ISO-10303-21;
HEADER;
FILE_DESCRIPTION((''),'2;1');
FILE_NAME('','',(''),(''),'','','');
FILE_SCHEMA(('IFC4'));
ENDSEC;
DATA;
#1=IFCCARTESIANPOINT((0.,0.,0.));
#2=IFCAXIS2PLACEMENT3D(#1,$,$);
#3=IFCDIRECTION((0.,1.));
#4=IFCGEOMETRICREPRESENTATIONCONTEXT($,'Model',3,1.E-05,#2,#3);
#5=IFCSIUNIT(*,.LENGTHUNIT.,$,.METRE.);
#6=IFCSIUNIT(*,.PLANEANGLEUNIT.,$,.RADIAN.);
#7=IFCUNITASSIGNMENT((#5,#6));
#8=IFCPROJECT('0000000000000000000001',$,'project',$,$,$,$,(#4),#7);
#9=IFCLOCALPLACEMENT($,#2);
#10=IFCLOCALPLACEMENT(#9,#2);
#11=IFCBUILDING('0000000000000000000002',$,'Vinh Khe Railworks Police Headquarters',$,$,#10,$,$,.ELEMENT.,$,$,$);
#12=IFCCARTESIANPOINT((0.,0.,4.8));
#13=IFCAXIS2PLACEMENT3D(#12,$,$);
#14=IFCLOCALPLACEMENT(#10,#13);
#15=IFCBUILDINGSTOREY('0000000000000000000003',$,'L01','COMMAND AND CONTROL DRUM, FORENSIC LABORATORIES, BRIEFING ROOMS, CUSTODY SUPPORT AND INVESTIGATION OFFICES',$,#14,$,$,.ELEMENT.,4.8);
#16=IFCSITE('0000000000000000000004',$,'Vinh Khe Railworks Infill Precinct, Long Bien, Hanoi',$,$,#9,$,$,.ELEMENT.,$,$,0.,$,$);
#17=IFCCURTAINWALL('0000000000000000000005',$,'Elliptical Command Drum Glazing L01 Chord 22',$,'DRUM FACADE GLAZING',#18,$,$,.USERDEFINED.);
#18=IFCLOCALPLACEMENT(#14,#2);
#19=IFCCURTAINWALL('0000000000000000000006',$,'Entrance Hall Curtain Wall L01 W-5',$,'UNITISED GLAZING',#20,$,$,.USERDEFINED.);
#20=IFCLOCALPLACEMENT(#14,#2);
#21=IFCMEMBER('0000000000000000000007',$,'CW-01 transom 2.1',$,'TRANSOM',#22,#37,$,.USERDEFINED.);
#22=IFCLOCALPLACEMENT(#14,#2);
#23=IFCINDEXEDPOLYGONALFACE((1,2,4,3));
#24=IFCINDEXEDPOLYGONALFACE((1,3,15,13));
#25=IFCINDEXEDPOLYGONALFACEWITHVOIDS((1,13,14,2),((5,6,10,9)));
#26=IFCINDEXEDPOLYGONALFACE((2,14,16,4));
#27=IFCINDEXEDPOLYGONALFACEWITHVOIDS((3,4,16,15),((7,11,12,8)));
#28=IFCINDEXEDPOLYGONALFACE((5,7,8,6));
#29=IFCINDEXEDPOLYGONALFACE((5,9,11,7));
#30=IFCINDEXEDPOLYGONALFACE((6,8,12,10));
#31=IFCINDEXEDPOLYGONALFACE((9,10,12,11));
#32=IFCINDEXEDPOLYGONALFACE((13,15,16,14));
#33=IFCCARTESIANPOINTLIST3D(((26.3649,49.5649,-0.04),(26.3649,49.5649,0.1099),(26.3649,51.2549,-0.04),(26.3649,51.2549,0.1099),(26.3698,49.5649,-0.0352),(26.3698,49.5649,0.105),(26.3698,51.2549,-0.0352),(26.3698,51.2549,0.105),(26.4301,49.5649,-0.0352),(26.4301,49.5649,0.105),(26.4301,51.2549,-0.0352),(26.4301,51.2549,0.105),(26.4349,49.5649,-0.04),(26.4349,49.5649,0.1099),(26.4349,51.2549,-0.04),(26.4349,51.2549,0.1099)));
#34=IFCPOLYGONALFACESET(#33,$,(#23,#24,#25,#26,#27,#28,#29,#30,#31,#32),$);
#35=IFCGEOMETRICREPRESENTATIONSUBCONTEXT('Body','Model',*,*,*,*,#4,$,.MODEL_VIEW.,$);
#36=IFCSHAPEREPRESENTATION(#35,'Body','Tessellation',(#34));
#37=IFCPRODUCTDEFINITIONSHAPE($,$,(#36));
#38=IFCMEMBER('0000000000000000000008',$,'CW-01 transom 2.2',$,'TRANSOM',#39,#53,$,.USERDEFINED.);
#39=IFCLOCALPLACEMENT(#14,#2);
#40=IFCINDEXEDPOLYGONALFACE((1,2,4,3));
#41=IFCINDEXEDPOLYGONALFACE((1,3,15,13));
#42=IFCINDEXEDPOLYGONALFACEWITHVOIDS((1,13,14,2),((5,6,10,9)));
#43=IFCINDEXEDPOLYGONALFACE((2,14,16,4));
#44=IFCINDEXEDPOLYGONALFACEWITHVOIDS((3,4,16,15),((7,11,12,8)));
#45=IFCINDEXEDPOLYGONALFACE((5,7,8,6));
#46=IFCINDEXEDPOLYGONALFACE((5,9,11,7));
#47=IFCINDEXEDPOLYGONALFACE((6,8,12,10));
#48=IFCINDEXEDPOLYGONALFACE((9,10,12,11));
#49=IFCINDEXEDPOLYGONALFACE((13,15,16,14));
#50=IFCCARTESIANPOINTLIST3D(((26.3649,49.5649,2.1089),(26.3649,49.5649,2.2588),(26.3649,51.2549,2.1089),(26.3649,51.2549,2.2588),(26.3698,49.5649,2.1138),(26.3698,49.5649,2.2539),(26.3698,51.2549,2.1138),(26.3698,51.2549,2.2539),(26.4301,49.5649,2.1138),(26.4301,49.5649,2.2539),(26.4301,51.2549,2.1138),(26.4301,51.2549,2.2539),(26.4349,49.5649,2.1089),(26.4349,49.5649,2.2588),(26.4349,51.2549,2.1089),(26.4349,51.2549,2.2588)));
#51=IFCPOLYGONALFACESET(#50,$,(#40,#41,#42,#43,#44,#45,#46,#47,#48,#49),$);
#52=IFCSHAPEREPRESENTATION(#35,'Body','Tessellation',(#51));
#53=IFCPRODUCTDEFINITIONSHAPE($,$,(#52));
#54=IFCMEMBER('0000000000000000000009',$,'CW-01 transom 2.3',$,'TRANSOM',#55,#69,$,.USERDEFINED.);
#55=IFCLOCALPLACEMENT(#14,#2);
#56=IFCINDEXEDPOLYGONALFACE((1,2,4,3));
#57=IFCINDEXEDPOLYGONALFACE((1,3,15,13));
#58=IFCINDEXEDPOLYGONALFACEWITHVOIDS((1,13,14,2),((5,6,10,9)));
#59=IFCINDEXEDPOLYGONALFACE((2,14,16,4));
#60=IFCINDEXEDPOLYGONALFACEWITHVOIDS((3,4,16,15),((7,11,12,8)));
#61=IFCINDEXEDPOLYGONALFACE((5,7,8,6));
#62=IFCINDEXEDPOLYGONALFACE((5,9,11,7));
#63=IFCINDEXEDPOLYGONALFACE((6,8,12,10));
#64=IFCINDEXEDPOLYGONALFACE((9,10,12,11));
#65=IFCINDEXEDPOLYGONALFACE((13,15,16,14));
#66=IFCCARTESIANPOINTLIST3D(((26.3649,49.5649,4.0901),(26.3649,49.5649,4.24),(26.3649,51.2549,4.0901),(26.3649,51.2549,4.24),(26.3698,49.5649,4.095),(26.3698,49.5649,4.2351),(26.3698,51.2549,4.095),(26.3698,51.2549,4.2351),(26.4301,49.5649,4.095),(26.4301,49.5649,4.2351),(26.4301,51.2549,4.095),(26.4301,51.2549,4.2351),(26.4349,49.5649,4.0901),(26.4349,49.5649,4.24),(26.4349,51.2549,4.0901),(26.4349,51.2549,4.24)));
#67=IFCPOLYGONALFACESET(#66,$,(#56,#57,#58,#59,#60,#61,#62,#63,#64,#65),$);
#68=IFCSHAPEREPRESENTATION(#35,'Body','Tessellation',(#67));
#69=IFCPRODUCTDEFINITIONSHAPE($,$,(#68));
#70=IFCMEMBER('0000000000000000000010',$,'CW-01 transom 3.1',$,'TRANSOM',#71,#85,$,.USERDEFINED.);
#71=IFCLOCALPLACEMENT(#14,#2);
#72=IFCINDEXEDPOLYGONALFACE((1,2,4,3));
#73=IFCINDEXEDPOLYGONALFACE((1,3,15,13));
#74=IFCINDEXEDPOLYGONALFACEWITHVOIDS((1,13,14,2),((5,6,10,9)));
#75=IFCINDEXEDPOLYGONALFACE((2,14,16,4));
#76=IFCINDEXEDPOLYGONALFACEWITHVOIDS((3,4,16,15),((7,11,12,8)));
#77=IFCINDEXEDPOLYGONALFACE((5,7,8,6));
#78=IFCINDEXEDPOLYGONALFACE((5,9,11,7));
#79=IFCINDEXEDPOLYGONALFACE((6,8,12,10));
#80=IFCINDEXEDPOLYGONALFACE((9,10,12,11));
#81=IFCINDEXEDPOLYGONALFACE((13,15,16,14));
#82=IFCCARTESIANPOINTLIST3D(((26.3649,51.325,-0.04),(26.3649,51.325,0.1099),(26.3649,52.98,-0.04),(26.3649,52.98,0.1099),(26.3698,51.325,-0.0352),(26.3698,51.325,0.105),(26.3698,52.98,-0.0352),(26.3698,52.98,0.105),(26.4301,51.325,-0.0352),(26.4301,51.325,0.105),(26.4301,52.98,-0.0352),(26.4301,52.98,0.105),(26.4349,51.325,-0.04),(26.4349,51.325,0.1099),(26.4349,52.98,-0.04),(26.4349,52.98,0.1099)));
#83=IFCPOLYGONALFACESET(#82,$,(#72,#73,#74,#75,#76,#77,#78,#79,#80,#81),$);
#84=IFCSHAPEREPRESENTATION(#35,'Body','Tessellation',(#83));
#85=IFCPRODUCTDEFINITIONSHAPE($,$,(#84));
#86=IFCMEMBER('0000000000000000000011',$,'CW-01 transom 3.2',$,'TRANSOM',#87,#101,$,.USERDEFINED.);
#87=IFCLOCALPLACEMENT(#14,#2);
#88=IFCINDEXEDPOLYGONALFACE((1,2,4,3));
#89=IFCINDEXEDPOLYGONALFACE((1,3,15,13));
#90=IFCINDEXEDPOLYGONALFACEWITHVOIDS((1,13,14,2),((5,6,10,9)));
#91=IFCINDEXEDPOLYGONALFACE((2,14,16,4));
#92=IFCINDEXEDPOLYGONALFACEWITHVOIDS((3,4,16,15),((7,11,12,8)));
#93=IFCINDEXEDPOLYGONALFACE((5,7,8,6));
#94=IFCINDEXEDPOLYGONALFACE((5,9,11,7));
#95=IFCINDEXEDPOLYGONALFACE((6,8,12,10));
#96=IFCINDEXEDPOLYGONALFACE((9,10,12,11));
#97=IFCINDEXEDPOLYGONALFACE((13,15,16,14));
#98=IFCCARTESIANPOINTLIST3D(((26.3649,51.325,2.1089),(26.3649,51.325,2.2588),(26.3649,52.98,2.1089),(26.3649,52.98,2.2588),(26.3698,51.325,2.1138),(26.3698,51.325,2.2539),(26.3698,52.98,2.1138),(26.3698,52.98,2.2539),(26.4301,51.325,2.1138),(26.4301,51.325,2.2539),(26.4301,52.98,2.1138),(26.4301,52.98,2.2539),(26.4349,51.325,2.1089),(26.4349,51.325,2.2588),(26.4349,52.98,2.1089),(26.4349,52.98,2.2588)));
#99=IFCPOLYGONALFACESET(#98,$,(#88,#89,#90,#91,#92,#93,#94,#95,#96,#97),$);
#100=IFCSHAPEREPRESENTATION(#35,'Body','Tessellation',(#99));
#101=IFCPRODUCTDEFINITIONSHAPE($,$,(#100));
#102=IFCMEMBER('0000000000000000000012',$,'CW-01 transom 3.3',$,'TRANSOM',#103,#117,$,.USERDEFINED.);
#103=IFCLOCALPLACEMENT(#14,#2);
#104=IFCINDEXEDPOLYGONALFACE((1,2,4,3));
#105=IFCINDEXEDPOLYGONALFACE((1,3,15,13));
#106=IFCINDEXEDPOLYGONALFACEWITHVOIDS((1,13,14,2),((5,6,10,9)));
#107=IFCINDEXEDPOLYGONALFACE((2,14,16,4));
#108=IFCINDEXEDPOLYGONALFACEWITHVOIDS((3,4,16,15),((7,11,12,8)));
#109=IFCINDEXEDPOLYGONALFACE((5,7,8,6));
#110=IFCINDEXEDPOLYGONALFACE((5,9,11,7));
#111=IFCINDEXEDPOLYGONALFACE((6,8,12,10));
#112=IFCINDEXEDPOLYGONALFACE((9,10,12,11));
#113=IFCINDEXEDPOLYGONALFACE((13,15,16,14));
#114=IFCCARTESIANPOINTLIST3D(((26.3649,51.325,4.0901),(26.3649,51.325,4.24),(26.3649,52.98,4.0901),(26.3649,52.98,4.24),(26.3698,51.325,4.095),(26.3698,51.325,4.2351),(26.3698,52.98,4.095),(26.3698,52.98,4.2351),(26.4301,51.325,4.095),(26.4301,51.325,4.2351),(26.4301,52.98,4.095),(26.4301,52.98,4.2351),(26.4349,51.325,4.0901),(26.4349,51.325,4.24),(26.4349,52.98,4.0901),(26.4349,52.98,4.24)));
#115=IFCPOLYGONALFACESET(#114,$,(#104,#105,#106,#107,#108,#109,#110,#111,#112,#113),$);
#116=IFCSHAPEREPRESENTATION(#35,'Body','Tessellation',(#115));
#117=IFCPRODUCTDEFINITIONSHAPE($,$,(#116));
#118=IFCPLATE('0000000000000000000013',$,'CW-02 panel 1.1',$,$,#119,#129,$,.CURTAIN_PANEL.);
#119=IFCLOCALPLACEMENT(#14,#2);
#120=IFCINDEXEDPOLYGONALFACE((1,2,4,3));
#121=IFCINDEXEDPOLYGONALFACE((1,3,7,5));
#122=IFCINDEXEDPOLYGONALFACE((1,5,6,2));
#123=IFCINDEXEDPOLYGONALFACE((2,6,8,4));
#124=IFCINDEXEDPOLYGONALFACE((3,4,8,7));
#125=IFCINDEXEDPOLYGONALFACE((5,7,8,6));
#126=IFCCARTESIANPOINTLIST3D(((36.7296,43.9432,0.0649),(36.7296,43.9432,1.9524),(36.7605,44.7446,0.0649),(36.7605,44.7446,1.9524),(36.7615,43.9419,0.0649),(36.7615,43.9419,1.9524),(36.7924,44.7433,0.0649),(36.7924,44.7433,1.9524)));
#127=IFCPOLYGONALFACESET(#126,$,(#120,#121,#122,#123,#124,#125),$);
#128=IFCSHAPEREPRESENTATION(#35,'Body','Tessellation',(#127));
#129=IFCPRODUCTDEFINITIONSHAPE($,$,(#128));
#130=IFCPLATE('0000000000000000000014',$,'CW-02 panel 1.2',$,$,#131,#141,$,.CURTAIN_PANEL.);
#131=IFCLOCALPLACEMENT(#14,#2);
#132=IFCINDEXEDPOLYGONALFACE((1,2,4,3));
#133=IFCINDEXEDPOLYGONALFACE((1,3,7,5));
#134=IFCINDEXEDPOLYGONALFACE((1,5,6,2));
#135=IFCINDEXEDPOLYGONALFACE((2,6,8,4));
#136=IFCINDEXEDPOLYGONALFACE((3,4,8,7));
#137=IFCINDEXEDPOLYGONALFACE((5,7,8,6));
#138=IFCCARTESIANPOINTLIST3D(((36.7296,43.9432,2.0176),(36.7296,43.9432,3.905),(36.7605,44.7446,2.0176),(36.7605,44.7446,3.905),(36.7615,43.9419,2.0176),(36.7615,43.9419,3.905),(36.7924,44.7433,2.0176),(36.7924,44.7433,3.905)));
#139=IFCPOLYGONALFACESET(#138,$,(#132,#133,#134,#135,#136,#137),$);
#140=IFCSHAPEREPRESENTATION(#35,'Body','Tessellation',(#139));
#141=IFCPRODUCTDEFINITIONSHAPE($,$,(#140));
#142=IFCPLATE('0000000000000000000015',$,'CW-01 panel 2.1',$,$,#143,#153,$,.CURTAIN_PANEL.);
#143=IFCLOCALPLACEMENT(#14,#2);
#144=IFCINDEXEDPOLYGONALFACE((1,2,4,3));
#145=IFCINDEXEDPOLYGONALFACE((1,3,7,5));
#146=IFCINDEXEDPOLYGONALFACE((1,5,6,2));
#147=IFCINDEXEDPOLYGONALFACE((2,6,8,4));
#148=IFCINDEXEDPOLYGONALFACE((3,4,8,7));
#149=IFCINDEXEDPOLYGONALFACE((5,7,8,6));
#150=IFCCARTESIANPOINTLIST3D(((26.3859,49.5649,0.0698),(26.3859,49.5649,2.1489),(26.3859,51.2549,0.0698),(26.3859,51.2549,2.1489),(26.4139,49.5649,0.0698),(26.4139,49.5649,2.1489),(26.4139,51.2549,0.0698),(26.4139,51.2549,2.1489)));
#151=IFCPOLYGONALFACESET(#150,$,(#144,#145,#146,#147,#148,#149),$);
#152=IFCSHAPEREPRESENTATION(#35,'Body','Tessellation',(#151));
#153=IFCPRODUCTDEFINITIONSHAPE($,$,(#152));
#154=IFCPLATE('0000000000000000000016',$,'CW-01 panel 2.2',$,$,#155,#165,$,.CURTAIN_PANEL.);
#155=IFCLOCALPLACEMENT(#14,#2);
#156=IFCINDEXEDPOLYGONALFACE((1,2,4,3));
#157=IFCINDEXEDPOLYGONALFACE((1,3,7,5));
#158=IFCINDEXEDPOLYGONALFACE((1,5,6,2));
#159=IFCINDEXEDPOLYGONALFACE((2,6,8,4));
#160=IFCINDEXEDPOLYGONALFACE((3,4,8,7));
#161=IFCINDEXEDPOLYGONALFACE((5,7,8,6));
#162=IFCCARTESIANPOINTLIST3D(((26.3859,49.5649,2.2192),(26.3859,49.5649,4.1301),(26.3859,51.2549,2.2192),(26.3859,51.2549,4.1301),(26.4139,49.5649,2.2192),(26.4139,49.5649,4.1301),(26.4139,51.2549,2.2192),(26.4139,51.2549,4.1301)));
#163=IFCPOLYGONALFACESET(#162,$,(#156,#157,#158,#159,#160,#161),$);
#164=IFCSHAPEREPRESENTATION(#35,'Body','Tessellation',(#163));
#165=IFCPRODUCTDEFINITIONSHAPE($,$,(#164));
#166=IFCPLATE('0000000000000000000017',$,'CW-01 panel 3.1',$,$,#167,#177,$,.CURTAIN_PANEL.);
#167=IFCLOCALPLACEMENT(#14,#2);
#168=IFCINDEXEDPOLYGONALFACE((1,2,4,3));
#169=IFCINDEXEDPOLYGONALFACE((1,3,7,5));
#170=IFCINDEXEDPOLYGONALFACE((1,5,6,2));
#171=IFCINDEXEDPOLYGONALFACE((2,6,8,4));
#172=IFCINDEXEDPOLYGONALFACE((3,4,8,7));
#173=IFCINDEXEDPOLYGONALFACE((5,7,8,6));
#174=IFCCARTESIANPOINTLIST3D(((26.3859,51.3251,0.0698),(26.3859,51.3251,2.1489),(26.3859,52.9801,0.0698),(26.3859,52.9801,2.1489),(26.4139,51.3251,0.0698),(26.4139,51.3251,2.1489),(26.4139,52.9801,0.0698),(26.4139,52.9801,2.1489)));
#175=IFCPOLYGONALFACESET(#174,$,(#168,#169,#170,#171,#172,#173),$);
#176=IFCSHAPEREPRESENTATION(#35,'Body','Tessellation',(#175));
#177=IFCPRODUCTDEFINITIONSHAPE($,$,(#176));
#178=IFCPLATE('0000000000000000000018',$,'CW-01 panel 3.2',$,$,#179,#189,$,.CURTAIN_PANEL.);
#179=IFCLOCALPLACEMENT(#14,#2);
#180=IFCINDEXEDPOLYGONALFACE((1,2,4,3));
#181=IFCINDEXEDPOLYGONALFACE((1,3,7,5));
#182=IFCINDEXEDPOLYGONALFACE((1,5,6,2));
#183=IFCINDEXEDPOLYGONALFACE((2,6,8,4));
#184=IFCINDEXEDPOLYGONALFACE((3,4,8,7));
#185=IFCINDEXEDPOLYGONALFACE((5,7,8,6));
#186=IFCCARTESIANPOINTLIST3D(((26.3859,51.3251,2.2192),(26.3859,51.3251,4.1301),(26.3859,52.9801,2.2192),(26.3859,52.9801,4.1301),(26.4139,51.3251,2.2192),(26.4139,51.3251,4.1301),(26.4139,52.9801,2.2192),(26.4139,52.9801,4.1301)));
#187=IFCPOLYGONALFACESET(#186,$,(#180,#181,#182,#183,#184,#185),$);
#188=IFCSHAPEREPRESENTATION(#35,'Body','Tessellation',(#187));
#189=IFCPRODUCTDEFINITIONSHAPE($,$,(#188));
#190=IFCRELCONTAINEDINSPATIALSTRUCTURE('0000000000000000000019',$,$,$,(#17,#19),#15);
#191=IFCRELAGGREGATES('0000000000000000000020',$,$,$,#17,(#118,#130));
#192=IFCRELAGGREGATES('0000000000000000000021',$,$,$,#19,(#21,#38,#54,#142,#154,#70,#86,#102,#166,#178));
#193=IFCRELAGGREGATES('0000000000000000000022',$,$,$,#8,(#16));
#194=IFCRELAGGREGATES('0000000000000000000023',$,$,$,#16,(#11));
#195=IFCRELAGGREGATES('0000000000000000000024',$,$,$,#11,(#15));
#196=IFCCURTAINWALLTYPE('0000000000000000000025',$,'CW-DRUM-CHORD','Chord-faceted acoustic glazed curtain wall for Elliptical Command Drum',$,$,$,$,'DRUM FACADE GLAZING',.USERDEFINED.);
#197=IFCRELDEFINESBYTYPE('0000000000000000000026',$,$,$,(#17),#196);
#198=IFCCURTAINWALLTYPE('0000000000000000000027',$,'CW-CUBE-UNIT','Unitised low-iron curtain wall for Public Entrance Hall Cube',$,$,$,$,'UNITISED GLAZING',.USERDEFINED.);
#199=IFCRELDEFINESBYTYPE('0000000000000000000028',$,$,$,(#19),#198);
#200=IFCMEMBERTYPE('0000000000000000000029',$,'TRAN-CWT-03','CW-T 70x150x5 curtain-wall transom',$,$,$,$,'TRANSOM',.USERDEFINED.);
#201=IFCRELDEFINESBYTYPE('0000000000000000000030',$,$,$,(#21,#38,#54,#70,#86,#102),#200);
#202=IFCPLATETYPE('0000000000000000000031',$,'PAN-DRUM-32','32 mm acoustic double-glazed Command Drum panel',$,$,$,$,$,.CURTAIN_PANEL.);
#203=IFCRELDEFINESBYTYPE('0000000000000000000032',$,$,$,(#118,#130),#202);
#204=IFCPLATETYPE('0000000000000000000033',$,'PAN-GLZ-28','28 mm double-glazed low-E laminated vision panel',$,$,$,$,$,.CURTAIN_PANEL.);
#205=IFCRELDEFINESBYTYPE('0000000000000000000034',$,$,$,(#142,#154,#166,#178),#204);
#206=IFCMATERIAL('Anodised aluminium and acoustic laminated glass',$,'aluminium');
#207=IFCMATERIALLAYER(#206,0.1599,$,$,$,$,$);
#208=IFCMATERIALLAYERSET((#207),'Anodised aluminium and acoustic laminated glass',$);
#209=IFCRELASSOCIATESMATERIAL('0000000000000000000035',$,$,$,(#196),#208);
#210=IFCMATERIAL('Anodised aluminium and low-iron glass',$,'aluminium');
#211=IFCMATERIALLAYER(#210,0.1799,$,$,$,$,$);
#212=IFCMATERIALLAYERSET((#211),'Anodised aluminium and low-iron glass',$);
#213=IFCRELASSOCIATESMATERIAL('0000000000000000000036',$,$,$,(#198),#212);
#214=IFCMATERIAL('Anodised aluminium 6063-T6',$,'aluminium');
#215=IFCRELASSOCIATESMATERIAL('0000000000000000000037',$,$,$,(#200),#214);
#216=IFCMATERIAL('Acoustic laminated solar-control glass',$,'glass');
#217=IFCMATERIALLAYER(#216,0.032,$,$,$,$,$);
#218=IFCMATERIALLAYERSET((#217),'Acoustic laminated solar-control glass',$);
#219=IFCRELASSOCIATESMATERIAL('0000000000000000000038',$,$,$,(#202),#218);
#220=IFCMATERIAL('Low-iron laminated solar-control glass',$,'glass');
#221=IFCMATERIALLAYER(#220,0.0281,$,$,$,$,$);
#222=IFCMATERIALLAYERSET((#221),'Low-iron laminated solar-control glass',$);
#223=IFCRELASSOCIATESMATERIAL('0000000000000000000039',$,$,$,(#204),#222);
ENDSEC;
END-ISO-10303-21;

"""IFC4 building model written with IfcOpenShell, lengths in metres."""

from ifc_helpers import new_model, si_unit, direction, frame, origin, origin_2d, place, context, subcontext, project, spatial, rectangle, hollow_rectangle, extrude, material, layer, layer_set, material_profile, profile_set, type_object, element, aggregate, save


model = new_model("IFC4")

# Units and contexts
model_context = context("Model", 3, precision=1e-05, world=origin(), true_north=direction((0.0, 1.0)))
body_context = subcontext(model_context, "Body", "Model", "MODEL_VIEW")
ifc_project = project(units=[si_unit("LENGTHUNIT", "METRE"), si_unit("PLANEANGLEUNIT", "RADIAN")], contexts=[model_context])

# Site, building, storey
site_placement = place(None, origin())
site = spatial("IfcSite", under=ifc_project, at=site_placement, Name="Vinh Khe Railworks Infill Precinct, Long Bien, Hanoi", CompositionType="ELEMENT", RefElevation=0.0)
building_placement = place(site_placement, origin())
building = spatial("IfcBuilding", under=site, at=building_placement, Name="Vinh Khe Railworks Police Headquarters", CompositionType="ELEMENT")
storey_placement = place(building_placement, frame((0.0, 0.0, 4.8)))
storey = spatial("IfcBuildingStorey", under=building, at=storey_placement, Name="L01", Description="COMMAND AND CONTROL DRUM, FORENSIC LABORATORIES, BRIEFING ROOMS, CUSTODY SUPPORT AND INVESTIGATION OFFICES", CompositionType="ELEMENT", Elevation=4.8)

# Curtain wall
ifc_material_1 = material(Name="Anodised aluminium and acoustic laminated glass", Category="aluminium")
ifc_layer_1 = layer(ifc_material_1, 0.1599)
ifc_layer_set_1 = layer_set([ifc_layer_1], Name="Anodised aluminium and acoustic laminated glass")
curtain_wall_type_1 = type_object("IfcCurtainWallType", Name="CW-DRUM-CHORD", Description="Chord-faceted acoustic glazed curtain wall for Elliptical Command Drum", ElementType="DRUM FACADE GLAZING", PredefinedType="USERDEFINED", material=ifc_layer_set_1)
curtain_wall_1_placement = place(storey_placement, origin())
curtain_wall_1 = element("IfcCurtainWall", 1, at=curtain_wall_1_placement, inside=storey, type_object=curtain_wall_type_1, Name="Elliptical Command Drum Glazing L01 Chord 22", ObjectType="DRUM FACADE GLAZING", PredefinedType="USERDEFINED")
ifc_material_2 = material(Name="Anodised aluminium 6063-T6", Category="aluminium")

# Curtain wall
ifc_material_3 = material(Name="Anodised aluminium and low-iron glass", Category="aluminium")
ifc_layer_2 = layer(ifc_material_3, 0.1799)
ifc_layer_set_2 = layer_set([ifc_layer_2], Name="Anodised aluminium and low-iron glass")
curtain_wall_type_2 = type_object("IfcCurtainWallType", Name="CW-CUBE-UNIT", Description="Unitised low-iron curtain wall for Public Entrance Hall Cube", ElementType="UNITISED GLAZING", PredefinedType="USERDEFINED", material=ifc_layer_set_2)
curtain_wall_2_placement = place(storey_placement, origin())
curtain_wall_2 = element("IfcCurtainWall", 2, at=curtain_wall_2_placement, inside=storey, type_object=curtain_wall_type_2, Name="Entrance Hall Curtain Wall L01 W-5", ObjectType="UNITISED GLAZING", PredefinedType="USERDEFINED")

# Members
ifc_material_profile_1 = material_profile(ifc_material_2, hollow_rectangle(XDim=0.0701, YDim=0.1499, WallThickness=0.0049, at=origin_2d()), Name="CW-T 70x150x5")
ifc_profile_set_1 = profile_set([ifc_material_profile_1], Name="Anodised aluminium 6063-T6")
member_type_1 = type_object("IfcMemberType", Name="TRAN-CWT-03", Description="CW-T 70x150x5 curtain-wall transom", ElementType="TRANSOM", PredefinedType="USERDEFINED", material=ifc_profile_set_1)
member_1_placement = place(storey_placement, frame((26.3999, 49.5649, 0.0349), z_axis=(0.0, 1.0, 0.0), x_axis=(-1.0, 0.0, 0.0)))
member_1 = element("IfcMember", 3, at=member_1_placement, type_object=member_type_1, Name="CW-01 transom 2.1", ObjectType="TRANSOM", PredefinedType="USERDEFINED", context=body_context, shape_type="SweptSolid", body=[
    extrude(hollow_rectangle(XDim=0.0701, YDim=0.1499, WallThickness=0.0049, at=origin_2d()), origin(), (0.0, 0.0, 1.0), 1.6899),
])
member_2_placement = place(storey_placement, frame((26.3999, 49.5649, 2.1838), z_axis=(0.0, 1.0, 0.0), x_axis=(-1.0, 0.0, 0.0)))
member_2 = element("IfcMember", 4, at=member_2_placement, type_object=member_type_1, Name="CW-01 transom 2.2", ObjectType="TRANSOM", PredefinedType="USERDEFINED", context=body_context, shape_type="SweptSolid", body=[
    extrude(hollow_rectangle(XDim=0.0701, YDim=0.1499, WallThickness=0.0049, at=origin_2d()), origin(), (0.0, 0.0, 1.0), 1.6899),
])
member_3_placement = place(storey_placement, frame((26.3999, 49.5649, 4.165), z_axis=(0.0, 1.0, 0.0), x_axis=(-1.0, 0.0, 0.0)))
member_3 = element("IfcMember", 5, at=member_3_placement, type_object=member_type_1, Name="CW-01 transom 2.3", ObjectType="TRANSOM", PredefinedType="USERDEFINED", context=body_context, shape_type="SweptSolid", body=[
    extrude(hollow_rectangle(XDim=0.0701, YDim=0.1499, WallThickness=0.0049, at=origin_2d()), origin(), (0.0, 0.0, 1.0), 1.6899),
])
member_4_placement = place(storey_placement, frame((26.3999, 51.325, 0.0349), z_axis=(0.0, 1.0, 0.0), x_axis=(-1.0, 0.0, 0.0)))
member_4 = element("IfcMember", 6, at=member_4_placement, type_object=member_type_1, Name="CW-01 transom 3.1", ObjectType="TRANSOM", PredefinedType="USERDEFINED", context=body_context, shape_type="SweptSolid", body=[
    extrude(hollow_rectangle(XDim=0.0701, YDim=0.1499, WallThickness=0.0049, at=origin_2d()), origin(), (0.0, 0.0, 1.0), 1.655),
])
member_5_placement = place(storey_placement, frame((26.3999, 51.325, 2.1838), z_axis=(0.0, 1.0, 0.0), x_axis=(-1.0, 0.0, 0.0)))
member_5 = element("IfcMember", 7, at=member_5_placement, type_object=member_type_1, Name="CW-01 transom 3.2", ObjectType="TRANSOM", PredefinedType="USERDEFINED", context=body_context, shape_type="SweptSolid", body=[
    extrude(hollow_rectangle(XDim=0.0701, YDim=0.1499, WallThickness=0.0049, at=origin_2d()), origin(), (0.0, 0.0, 1.0), 1.655),
])
member_6_placement = place(storey_placement, frame((26.3999, 51.325, 4.165), z_axis=(0.0, 1.0, 0.0), x_axis=(-1.0, 0.0, 0.0)))
member_6 = element("IfcMember", 8, at=member_6_placement, type_object=member_type_1, Name="CW-01 transom 3.3", ObjectType="TRANSOM", PredefinedType="USERDEFINED", context=body_context, shape_type="SweptSolid", body=[
    extrude(hollow_rectangle(XDim=0.0701, YDim=0.1499, WallThickness=0.0049, at=origin_2d()), origin(), (0.0, 0.0, 1.0), 1.655),
])

# Plates
ifc_material_4 = material(Name="Acoustic laminated solar-control glass", Category="glass")
ifc_layer_3 = layer(ifc_material_4, 0.032)
ifc_layer_set_3 = layer_set([ifc_layer_3], Name="Acoustic laminated solar-control glass")
plate_type_1 = type_object("IfcPlateType", Name="PAN-DRUM-32", Description="32 mm acoustic double-glazed Command Drum panel", PredefinedType="CURTAIN_PANEL", material=ifc_layer_set_3)
plate_1_placement = place(storey_placement, frame((36.761, 44.3433, 0.0649), z_axis=(0.0, 0.0, 1.0), x_axis=(-0.038512, -0.999258, 0.0)))
plate_1 = element("IfcPlate", 9, at=plate_1_placement, type_object=plate_type_1, Name="CW-02 panel 1.1", PredefinedType="CURTAIN_PANEL", context=body_context, shape_type="SweptSolid", body=[
    extrude(rectangle(XDim=0.802, YDim=0.032, at=origin_2d()), origin(), (0.0, 0.0, 1.0), 1.8875),
])
plate_2_placement = place(storey_placement, frame((36.761, 44.3433, 2.0176), z_axis=(0.0, 0.0, 1.0), x_axis=(-0.038512, -0.999258, 0.0)))
plate_2 = element("IfcPlate", 10, at=plate_2_placement, type_object=plate_type_1, Name="CW-02 panel 1.2", PredefinedType="CURTAIN_PANEL", context=body_context, shape_type="SweptSolid", body=[
    extrude(rectangle(XDim=0.802, YDim=0.032, at=origin_2d()), origin(), (0.0, 0.0, 1.0), 1.8875),
])
aggregate(curtain_wall_1, [plate_1, plate_2])
ifc_material_5 = material(Name="Low-iron laminated solar-control glass", Category="glass")
ifc_layer_4 = layer(ifc_material_5, 0.0281)
ifc_layer_set_4 = layer_set([ifc_layer_4], Name="Low-iron laminated solar-control glass")
plate_type_2 = type_object("IfcPlateType", Name="PAN-GLZ-28", Description="28 mm double-glazed low-E laminated vision panel", PredefinedType="CURTAIN_PANEL", material=ifc_layer_set_4)
plate_3_placement = place(storey_placement, frame((26.3999, 50.4099, 0.0698), z_axis=(0.0, 0.0, 1.0), x_axis=(0.0, 1.0, 0.0)))
plate_3 = element("IfcPlate", 11, at=plate_3_placement, type_object=plate_type_2, Name="CW-01 panel 2.1", PredefinedType="CURTAIN_PANEL", context=body_context, shape_type="SweptSolid", body=[
    extrude(rectangle(XDim=1.6899, YDim=0.0281, at=origin_2d()), origin(), (0.0, 0.0, 1.0), 2.0791),
])
plate_4_placement = place(storey_placement, frame((26.3999, 50.4099, 2.2192), z_axis=(0.0, 0.0, 1.0), x_axis=(0.0, 1.0, 0.0)))
plate_4 = element("IfcPlate", 12, at=plate_4_placement, type_object=plate_type_2, Name="CW-01 panel 2.2", PredefinedType="CURTAIN_PANEL", context=body_context, shape_type="SweptSolid", body=[
    extrude(rectangle(XDim=1.6899, YDim=0.0281, at=origin_2d()), origin(), (0.0, 0.0, 1.0), 1.9109),
])
plate_5_placement = place(storey_placement, frame((26.3999, 52.1526, 0.0698), z_axis=(0.0, 0.0, 1.0), x_axis=(0.0, 1.0, 0.0)))
plate_5 = element("IfcPlate", 13, at=plate_5_placement, type_object=plate_type_2, Name="CW-01 panel 3.1", PredefinedType="CURTAIN_PANEL", context=body_context, shape_type="SweptSolid", body=[
    extrude(rectangle(XDim=1.655, YDim=0.0281, at=origin_2d()), origin(), (0.0, 0.0, 1.0), 2.0791),
])
plate_6_placement = place(storey_placement, frame((26.3999, 52.1526, 2.2192), z_axis=(0.0, 0.0, 1.0), x_axis=(0.0, 1.0, 0.0)))
plate_6 = element("IfcPlate", 14, at=plate_6_placement, type_object=plate_type_2, Name="CW-01 panel 3.2", PredefinedType="CURTAIN_PANEL", context=body_context, shape_type="SweptSolid", body=[
    extrude(rectangle(XDim=1.655, YDim=0.0281, at=origin_2d()), origin(), (0.0, 0.0, 1.0), 1.9109),
])
aggregate(curtain_wall_2, [member_1, member_2, member_3, plate_3, plate_4, member_4, member_5, member_6, plate_5, plate_6])

save(model, "model.ifc")
